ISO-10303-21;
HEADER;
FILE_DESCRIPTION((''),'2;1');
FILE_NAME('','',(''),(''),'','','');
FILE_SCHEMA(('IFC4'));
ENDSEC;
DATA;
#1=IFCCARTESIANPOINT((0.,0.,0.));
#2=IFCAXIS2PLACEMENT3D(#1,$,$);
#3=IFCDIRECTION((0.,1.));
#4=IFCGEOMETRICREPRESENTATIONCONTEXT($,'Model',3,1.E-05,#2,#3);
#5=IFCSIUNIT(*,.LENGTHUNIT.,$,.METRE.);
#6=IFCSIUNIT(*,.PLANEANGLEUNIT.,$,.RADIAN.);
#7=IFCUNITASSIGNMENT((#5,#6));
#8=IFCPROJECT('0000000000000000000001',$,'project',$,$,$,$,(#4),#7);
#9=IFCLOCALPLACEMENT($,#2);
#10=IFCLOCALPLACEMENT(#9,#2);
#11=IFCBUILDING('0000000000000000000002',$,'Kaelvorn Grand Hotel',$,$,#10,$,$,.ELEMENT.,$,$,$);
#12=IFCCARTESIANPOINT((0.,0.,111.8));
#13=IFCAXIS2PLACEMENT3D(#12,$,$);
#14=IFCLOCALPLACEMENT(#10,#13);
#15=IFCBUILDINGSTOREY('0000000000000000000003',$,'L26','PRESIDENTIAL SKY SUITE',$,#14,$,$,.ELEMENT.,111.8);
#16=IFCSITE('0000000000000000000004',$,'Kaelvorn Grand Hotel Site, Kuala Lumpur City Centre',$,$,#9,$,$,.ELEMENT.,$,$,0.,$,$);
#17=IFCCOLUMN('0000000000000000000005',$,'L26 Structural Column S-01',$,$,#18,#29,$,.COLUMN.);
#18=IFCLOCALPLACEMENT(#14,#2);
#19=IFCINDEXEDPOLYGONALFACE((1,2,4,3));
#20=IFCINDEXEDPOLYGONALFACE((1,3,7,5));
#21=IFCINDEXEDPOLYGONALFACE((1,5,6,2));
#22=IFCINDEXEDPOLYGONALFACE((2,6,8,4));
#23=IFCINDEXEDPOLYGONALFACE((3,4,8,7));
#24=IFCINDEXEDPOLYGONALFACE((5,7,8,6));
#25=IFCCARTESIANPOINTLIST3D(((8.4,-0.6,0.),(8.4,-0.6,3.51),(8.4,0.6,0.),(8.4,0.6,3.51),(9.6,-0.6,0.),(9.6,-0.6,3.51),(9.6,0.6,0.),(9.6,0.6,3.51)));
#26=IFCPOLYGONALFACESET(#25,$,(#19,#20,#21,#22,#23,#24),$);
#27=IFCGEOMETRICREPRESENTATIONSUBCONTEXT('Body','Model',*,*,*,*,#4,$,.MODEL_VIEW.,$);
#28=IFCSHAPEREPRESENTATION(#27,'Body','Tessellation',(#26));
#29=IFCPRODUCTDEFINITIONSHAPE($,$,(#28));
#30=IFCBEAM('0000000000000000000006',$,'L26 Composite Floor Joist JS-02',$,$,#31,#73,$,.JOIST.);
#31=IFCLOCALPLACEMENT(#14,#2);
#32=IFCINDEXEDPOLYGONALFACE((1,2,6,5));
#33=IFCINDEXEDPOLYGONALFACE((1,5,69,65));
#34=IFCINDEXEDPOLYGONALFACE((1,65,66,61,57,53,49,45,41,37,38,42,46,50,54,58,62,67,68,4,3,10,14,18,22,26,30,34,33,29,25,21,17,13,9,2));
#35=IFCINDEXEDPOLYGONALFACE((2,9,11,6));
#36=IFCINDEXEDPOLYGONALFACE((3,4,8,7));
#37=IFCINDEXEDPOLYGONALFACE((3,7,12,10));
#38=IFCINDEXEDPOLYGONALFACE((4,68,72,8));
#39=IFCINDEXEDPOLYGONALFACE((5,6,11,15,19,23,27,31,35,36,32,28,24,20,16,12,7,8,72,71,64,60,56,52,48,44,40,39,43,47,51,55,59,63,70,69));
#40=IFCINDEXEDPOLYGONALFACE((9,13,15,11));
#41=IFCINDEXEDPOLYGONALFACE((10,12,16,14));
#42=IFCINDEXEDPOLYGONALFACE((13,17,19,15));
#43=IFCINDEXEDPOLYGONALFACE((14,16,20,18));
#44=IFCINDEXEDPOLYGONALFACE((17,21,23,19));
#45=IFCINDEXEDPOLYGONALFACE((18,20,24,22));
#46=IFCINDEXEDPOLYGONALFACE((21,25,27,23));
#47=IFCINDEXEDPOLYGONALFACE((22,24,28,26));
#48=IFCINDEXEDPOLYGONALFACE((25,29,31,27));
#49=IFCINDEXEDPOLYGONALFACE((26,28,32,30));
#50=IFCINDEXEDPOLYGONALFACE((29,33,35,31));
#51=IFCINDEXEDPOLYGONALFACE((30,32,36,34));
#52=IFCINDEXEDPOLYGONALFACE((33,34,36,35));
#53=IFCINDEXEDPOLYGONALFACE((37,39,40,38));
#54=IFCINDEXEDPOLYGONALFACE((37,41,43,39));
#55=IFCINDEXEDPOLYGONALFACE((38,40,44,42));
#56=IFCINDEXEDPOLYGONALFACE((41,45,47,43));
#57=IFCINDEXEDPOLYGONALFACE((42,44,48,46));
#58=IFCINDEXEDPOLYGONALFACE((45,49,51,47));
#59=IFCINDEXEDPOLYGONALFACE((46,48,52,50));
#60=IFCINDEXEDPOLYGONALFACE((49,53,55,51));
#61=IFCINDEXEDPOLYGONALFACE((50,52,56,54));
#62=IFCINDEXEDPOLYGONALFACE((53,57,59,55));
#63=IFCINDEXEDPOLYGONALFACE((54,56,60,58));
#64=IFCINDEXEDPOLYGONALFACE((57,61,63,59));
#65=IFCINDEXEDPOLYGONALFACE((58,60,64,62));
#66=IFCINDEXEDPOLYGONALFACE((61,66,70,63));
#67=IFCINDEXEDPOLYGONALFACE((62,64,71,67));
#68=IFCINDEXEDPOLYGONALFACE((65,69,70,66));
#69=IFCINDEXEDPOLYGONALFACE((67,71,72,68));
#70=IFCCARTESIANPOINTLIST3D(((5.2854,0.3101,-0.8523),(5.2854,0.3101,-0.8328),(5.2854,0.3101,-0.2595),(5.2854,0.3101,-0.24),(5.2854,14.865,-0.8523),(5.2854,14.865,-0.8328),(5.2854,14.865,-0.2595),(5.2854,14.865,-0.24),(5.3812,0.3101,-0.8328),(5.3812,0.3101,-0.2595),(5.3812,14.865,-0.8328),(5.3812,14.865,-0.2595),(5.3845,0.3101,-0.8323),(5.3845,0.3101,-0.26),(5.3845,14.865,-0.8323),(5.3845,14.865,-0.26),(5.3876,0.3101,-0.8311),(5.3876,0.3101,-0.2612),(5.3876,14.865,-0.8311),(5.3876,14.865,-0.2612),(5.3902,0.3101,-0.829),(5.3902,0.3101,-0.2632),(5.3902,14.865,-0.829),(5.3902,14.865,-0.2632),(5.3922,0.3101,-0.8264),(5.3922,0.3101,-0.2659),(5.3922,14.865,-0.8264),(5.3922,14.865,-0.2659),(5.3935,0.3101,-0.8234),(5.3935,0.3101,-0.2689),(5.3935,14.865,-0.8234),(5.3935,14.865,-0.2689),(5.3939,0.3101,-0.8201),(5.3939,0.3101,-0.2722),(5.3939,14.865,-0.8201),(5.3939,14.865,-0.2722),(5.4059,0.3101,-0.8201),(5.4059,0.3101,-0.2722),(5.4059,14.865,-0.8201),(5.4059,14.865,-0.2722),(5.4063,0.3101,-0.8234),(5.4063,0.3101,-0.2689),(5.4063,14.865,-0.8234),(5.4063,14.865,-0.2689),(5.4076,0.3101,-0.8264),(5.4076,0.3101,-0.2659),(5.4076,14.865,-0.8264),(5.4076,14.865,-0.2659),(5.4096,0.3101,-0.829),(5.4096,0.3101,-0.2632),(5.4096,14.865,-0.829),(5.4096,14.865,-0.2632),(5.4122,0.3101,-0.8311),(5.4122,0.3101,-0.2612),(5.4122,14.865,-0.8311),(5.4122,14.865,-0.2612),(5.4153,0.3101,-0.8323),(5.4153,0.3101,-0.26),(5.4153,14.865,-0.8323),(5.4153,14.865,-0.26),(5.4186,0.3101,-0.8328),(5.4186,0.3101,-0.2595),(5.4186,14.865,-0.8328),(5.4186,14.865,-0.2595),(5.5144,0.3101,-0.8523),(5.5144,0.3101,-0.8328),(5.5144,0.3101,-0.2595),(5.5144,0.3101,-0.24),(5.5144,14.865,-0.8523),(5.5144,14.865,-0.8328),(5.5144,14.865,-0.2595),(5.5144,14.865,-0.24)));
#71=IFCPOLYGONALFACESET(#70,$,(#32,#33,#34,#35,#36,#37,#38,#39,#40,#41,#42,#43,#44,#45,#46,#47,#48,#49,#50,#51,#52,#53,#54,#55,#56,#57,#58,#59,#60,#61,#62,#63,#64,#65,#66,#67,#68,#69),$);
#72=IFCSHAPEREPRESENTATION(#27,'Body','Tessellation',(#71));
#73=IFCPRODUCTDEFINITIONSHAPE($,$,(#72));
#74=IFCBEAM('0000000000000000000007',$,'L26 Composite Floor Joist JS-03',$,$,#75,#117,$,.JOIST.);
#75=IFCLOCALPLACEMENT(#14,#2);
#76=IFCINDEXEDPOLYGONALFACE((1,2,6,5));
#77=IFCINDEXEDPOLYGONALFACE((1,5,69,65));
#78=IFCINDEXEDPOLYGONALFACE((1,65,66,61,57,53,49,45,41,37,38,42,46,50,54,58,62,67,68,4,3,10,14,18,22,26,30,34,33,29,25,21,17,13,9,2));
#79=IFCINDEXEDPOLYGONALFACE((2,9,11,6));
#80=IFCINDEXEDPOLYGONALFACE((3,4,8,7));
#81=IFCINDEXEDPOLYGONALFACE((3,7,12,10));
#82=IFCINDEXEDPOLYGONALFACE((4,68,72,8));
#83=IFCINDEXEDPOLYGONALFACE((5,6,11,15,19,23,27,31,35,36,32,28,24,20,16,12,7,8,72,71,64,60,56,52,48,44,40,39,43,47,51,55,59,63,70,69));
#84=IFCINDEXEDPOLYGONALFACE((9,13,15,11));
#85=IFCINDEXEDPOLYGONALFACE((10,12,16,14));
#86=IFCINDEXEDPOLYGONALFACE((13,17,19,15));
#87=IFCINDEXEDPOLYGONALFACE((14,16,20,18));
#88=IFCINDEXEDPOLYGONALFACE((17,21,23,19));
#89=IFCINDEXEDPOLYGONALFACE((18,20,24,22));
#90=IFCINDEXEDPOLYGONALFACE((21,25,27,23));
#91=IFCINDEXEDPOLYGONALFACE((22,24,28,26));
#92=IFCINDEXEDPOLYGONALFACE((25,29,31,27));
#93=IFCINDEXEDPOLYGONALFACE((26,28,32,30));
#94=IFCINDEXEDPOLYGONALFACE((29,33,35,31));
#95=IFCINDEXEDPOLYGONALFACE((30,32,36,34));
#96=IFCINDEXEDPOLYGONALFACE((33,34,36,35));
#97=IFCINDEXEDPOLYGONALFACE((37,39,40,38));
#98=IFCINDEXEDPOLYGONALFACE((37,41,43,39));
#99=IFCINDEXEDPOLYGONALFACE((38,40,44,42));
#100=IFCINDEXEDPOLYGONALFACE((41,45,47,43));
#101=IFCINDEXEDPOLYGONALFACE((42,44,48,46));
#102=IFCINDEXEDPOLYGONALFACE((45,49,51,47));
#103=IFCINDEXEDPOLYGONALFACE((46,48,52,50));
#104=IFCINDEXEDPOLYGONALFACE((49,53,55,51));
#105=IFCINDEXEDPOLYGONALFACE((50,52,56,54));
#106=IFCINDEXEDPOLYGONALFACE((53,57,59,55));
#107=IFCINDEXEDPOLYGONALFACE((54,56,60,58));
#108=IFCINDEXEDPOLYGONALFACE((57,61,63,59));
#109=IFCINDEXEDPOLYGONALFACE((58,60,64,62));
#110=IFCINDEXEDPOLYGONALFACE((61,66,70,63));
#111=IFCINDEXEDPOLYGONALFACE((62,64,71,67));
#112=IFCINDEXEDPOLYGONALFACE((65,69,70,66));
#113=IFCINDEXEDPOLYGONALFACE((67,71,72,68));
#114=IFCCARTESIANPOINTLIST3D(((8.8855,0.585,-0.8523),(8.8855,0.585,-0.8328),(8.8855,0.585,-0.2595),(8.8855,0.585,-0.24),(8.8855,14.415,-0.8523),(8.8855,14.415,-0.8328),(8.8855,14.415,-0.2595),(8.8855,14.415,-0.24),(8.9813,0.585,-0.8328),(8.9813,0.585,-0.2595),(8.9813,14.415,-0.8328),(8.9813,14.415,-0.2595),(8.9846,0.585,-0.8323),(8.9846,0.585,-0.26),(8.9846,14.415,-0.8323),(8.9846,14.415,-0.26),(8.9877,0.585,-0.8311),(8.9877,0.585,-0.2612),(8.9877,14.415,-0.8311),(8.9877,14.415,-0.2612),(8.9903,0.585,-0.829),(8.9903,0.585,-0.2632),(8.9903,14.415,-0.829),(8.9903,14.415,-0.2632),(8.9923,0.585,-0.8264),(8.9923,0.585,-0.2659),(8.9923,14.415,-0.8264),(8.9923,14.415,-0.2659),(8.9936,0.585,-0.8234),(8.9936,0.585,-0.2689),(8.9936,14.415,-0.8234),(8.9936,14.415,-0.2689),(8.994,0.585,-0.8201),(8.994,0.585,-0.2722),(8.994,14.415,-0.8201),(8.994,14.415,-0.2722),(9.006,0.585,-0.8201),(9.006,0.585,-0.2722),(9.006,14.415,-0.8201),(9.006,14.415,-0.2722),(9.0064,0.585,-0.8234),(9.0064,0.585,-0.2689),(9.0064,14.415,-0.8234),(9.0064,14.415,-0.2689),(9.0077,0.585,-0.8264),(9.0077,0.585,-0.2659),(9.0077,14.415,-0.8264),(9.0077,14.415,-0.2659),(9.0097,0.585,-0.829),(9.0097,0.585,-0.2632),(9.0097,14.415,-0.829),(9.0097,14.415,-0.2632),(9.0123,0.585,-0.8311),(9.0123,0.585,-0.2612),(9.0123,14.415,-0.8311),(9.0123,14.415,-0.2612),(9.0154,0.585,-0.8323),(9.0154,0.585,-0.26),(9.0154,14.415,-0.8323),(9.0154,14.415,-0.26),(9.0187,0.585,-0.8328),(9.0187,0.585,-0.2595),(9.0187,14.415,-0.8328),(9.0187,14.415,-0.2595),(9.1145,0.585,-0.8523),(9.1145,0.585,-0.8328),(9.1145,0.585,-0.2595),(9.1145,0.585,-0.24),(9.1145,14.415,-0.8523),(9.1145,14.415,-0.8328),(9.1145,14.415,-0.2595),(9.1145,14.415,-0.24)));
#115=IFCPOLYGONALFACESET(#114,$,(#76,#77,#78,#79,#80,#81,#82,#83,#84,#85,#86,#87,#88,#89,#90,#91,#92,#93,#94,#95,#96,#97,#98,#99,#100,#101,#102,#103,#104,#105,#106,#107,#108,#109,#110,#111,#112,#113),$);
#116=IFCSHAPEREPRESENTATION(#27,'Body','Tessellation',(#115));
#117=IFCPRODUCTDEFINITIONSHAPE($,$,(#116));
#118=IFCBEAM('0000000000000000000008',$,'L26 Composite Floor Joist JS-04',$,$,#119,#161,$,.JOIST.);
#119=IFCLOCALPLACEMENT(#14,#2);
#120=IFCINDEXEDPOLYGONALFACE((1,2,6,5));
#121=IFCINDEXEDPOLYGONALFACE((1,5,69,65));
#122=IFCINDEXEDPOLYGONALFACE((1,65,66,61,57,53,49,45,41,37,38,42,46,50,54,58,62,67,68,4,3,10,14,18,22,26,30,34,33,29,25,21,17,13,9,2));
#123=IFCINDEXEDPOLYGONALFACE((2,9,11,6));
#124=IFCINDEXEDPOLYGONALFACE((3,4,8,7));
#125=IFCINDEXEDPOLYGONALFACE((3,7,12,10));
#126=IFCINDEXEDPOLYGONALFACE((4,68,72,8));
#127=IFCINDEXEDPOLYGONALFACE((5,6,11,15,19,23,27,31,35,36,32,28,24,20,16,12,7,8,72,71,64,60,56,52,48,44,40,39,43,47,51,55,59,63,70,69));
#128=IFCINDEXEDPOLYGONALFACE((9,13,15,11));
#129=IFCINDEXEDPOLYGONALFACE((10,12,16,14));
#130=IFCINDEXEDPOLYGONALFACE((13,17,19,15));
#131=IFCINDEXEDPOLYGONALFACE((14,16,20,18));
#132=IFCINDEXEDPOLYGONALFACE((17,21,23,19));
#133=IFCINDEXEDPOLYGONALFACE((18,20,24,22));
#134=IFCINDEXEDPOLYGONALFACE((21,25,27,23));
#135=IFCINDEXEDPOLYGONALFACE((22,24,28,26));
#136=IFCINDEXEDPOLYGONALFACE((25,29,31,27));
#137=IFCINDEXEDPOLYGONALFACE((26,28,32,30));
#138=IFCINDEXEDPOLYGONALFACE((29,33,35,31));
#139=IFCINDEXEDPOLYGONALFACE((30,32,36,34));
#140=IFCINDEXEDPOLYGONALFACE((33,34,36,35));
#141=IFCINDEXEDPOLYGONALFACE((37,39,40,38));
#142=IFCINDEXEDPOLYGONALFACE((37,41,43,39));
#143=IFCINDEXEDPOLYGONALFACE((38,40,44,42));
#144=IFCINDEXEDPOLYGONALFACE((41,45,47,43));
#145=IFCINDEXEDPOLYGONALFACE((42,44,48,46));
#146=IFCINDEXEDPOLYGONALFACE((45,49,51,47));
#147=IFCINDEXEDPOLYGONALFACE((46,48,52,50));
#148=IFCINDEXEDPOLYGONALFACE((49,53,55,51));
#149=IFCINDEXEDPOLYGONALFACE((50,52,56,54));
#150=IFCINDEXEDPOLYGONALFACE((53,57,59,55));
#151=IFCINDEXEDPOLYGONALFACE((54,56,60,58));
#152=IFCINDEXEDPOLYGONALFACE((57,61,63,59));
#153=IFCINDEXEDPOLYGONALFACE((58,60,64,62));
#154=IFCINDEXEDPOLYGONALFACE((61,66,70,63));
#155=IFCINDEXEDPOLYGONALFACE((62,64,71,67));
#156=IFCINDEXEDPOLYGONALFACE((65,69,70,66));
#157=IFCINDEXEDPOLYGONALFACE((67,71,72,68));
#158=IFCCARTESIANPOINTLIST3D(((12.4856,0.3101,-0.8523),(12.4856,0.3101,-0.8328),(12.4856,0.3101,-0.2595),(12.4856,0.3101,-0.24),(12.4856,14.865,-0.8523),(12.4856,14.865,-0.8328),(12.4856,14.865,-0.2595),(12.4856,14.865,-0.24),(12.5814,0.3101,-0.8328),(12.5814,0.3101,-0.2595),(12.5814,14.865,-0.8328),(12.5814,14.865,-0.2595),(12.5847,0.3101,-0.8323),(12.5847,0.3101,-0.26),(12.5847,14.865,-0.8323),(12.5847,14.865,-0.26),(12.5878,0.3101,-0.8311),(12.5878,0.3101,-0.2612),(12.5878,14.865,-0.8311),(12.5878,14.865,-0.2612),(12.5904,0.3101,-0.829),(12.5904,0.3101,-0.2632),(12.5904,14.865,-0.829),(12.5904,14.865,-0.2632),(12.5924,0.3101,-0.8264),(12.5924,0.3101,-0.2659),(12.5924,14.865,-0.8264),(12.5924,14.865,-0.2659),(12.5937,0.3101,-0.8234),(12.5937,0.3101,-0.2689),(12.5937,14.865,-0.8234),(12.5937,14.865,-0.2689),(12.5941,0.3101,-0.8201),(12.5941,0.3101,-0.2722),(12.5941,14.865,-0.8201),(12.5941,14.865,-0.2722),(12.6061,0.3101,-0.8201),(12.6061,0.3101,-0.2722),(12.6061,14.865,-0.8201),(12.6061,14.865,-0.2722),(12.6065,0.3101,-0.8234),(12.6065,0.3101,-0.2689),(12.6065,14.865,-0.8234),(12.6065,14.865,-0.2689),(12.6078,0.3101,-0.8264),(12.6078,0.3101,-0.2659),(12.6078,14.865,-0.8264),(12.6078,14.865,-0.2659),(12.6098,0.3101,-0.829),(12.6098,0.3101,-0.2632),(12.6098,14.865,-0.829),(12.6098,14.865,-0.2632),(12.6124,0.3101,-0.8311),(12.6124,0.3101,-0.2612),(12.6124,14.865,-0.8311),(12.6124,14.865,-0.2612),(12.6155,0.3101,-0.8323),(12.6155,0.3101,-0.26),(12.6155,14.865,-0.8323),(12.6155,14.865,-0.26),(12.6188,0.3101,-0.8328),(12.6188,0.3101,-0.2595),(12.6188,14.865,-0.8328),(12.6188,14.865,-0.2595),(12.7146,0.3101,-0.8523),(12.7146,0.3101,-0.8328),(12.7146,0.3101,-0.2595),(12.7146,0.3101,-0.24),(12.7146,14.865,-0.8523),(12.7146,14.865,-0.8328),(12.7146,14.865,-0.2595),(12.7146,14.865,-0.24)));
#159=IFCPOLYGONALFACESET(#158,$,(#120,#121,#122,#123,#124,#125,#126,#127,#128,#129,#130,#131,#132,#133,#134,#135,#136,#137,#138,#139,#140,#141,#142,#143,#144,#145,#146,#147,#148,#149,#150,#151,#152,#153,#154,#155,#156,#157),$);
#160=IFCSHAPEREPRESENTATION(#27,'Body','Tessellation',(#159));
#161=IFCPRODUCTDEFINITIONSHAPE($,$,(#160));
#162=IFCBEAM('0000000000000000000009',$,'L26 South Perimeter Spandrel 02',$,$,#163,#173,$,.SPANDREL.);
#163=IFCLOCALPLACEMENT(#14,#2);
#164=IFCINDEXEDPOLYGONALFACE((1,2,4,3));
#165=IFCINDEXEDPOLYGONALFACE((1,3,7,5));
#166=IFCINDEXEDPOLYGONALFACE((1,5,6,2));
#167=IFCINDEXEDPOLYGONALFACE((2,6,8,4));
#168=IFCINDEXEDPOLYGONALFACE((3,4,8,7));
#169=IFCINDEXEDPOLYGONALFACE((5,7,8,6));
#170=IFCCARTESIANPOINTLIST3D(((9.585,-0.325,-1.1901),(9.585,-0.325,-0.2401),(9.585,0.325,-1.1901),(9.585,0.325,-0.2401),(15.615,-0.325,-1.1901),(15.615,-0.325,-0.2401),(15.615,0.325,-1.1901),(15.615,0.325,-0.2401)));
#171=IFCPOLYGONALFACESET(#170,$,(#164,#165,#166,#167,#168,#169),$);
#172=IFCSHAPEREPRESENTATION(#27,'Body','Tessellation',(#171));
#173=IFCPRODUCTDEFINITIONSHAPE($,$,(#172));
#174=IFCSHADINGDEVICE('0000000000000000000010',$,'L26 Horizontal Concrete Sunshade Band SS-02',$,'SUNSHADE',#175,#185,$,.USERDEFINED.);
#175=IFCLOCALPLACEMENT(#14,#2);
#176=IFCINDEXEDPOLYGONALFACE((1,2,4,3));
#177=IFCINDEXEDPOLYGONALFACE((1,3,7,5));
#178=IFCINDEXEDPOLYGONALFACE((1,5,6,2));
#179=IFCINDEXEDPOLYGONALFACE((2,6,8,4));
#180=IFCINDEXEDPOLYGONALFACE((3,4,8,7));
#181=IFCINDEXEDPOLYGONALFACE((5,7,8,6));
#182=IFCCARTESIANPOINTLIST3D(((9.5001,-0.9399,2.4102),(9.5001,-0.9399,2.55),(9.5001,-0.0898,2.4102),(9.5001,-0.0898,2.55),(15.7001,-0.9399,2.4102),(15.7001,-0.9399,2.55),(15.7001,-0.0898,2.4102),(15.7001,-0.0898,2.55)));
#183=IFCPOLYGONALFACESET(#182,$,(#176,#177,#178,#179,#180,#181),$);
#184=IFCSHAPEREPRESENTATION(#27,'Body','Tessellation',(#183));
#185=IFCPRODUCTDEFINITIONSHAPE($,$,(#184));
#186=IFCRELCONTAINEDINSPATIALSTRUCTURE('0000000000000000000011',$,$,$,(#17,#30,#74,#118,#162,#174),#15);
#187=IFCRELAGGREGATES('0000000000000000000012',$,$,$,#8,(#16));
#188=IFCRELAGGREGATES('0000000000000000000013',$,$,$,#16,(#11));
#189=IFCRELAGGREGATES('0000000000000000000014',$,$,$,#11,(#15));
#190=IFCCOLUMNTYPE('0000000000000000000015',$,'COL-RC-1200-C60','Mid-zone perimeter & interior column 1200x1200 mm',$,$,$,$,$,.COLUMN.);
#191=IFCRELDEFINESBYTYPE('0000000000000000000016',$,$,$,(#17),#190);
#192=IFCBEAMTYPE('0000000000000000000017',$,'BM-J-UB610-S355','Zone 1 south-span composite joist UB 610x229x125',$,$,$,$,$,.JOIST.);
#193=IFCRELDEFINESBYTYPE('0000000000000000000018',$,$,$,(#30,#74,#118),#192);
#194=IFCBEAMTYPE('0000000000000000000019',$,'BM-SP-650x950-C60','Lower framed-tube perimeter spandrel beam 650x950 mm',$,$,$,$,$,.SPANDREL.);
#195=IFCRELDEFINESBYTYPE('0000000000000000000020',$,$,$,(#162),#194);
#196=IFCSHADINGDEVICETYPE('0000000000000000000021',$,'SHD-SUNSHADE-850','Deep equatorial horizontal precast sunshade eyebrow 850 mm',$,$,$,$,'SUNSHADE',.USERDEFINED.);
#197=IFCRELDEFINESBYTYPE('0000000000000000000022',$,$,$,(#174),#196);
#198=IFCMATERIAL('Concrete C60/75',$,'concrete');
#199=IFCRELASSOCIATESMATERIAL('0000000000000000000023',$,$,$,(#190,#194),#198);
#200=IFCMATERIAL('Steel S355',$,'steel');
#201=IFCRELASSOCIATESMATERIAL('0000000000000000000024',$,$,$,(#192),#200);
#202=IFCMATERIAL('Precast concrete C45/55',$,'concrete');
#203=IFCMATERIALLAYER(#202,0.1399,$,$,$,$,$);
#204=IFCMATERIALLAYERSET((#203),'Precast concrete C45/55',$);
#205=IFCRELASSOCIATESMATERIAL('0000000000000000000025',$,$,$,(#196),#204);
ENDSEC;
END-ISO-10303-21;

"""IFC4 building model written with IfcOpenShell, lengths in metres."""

from ifc_helpers import new_model, si_unit, direction, frame, origin, origin_2d, place, context, subcontext, project, spatial, rectangle, i_section, extrude, material, layer, layer_set, material_profile, profile_set, type_object, element, save


model = new_model("IFC4")

# Units and contexts
model_context = context("Model", 3, precision=1e-05, world=origin(), true_north=direction((0.0, 1.0)))
body_context = subcontext(model_context, "Body", "Model", "MODEL_VIEW")
ifc_project = project(units=[si_unit("LENGTHUNIT", "METRE"), si_unit("PLANEANGLEUNIT", "RADIAN")], contexts=[model_context])

# Site, building, storey
site_placement = place(None, origin())
site = spatial("IfcSite", under=ifc_project, at=site_placement, Name="Kaelvorn Grand Hotel Site, Kuala Lumpur City Centre", CompositionType="ELEMENT", RefElevation=0.0)
building_placement = place(site_placement, origin())
building = spatial("IfcBuilding", under=site, at=building_placement, Name="Kaelvorn Grand Hotel", CompositionType="ELEMENT")
storey_placement = place(building_placement, frame((0.0, 0.0, 111.8)))
storey = spatial("IfcBuildingStorey", under=building, at=storey_placement, Name="L26", Description="PRESIDENTIAL SKY SUITE", CompositionType="ELEMENT", Elevation=111.8)

# Column
ifc_material_1 = material(Name="Concrete C60/75", Category="concrete")
ifc_material_profile_1 = material_profile(ifc_material_1, rectangle(XDim=1.2, YDim=1.2, at=origin_2d()), Name="RC COL 1200x1200")
ifc_profile_set_1 = profile_set([ifc_material_profile_1], Name="Concrete C60/75")
column_type = type_object("IfcColumnType", Name="COL-RC-1200-C60", Description="Mid-zone perimeter & interior column 1200x1200 mm", PredefinedType="COLUMN", material=ifc_profile_set_1)
column_placement = place(storey_placement, frame((9.0, 0.0, 0.0), z_axis=(0.0, 0.0, 1.0), x_axis=(1.0, 0.0, 0.0)))
element("IfcColumn", 1, at=column_placement, inside=storey, type_object=column_type, Name="L26 Structural Column S-01", PredefinedType="COLUMN", context=body_context, shape_type="SweptSolid", body=[
    extrude(rectangle(XDim=1.2, YDim=1.2, at=origin_2d()), origin(), (0.0, 0.0, 1.0), 3.51),
])

# Beams
ifc_material_2 = material(Name="Steel S355", Category="steel")
ifc_material_profile_2 = material_profile(ifc_material_2, i_section(OverallWidth=0.229, OverallDepth=0.6123, WebThickness=0.012, FlangeThickness=0.0195, FilletRadius=0.0127, at=origin_2d()), Name="UB 610x229x125")
ifc_profile_set_2 = profile_set([ifc_material_profile_2], Name="Steel S355")
beam_type_1 = type_object("IfcBeamType", Name="BM-J-UB610-S355", Description="Zone 1 south-span composite joist UB 610x229x125", PredefinedType="JOIST", material=ifc_profile_set_2)
beam_1_placement = place(storey_placement, frame((5.3999, 0.3101, -0.5461), z_axis=(0.0, 1.0, 0.0), x_axis=(-1.0, 0.0, 0.0)))
element("IfcBeam", 2, at=beam_1_placement, inside=storey, type_object=beam_type_1, Name="L26 Composite Floor Joist JS-02", PredefinedType="JOIST", context=body_context, shape_type="SweptSolid", body=[
    extrude(i_section(OverallWidth=0.229, OverallDepth=0.6123, WebThickness=0.012, FlangeThickness=0.0195, FilletRadius=0.0127, at=origin_2d()), origin(), (0.0, 0.0, 1.0), 14.5549),
])
beam_2_placement = place(storey_placement, frame((9.0, 0.585, -0.5461), z_axis=(0.0, 1.0, 0.0), x_axis=(-1.0, 0.0, 0.0)))
element("IfcBeam", 3, at=beam_2_placement, inside=storey, type_object=beam_type_1, Name="L26 Composite Floor Joist JS-03", PredefinedType="JOIST", context=body_context, shape_type="SweptSolid", body=[
    extrude(i_section(OverallWidth=0.229, OverallDepth=0.6123, WebThickness=0.012, FlangeThickness=0.0195, FilletRadius=0.0127, at=origin_2d()), origin(), (0.0, 0.0, 1.0), 13.8301),
])
beam_3_placement = place(storey_placement, frame((12.6001, 0.3101, -0.5461), z_axis=(0.0, 1.0, 0.0), x_axis=(-1.0, 0.0, 0.0)))
element("IfcBeam", 4, at=beam_3_placement, inside=storey, type_object=beam_type_1, Name="L26 Composite Floor Joist JS-04", PredefinedType="JOIST", context=body_context, shape_type="SweptSolid", body=[
    extrude(i_section(OverallWidth=0.229, OverallDepth=0.6123, WebThickness=0.012, FlangeThickness=0.0195, FilletRadius=0.0127, at=origin_2d()), origin(), (0.0, 0.0, 1.0), 14.5549),
])
ifc_material_profile_3 = material_profile(ifc_material_1, rectangle(XDim=0.6499, YDim=0.95, at=origin_2d()), Name="RC SPANDREL 650x950")
ifc_profile_set_3 = profile_set([ifc_material_profile_3], Name="Concrete C60/75")
beam_type_2 = type_object("IfcBeamType", Name="BM-SP-650x950-C60", Description="Lower framed-tube perimeter spandrel beam 650x950 mm", PredefinedType="SPANDREL", material=ifc_profile_set_3)
beam_4_placement = place(storey_placement, frame((9.585, 0.0, -0.7151), z_axis=(1.0, 0.0, 0.0), x_axis=(0.0, 1.0, 0.0)))
element("IfcBeam", 5, at=beam_4_placement, inside=storey, type_object=beam_type_2, Name="L26 South Perimeter Spandrel 02", PredefinedType="SPANDREL", context=body_context, shape_type="SweptSolid", body=[
    extrude(rectangle(XDim=0.6499, YDim=0.95, at=origin_2d()), origin(), (0.0, 0.0, 1.0), 6.03),
])

# Shading device
ifc_material_3 = material(Name="Precast concrete C45/55", Category="concrete")
ifc_layer = layer(ifc_material_3, 0.1399)
ifc_layer_set = layer_set([ifc_layer], Name="Precast concrete C45/55")
shading_device_type = type_object("IfcShadingDeviceType", Name="SHD-SUNSHADE-850", Description="Deep equatorial horizontal precast sunshade eyebrow 850 mm", ElementType="SUNSHADE", PredefinedType="USERDEFINED", material=ifc_layer_set)
shading_device_placement = place(storey_placement, frame((12.6001, -0.5149, 2.4102), z_axis=(0.0, 0.0, 1.0), x_axis=(1.0, 0.0, 0.0)))
element("IfcShadingDevice", 6, at=shading_device_placement, inside=storey, type_object=shading_device_type, Name="L26 Horizontal Concrete Sunshade Band SS-02", ObjectType="SUNSHADE", PredefinedType="USERDEFINED", context=body_context, shape_type="SweptSolid", body=[
    extrude(rectangle(XDim=6.2, YDim=0.8501, at=origin_2d()), origin(), (0.0, 0.0, 1.0), 0.1399),
])

save(model, "model.ifc")
